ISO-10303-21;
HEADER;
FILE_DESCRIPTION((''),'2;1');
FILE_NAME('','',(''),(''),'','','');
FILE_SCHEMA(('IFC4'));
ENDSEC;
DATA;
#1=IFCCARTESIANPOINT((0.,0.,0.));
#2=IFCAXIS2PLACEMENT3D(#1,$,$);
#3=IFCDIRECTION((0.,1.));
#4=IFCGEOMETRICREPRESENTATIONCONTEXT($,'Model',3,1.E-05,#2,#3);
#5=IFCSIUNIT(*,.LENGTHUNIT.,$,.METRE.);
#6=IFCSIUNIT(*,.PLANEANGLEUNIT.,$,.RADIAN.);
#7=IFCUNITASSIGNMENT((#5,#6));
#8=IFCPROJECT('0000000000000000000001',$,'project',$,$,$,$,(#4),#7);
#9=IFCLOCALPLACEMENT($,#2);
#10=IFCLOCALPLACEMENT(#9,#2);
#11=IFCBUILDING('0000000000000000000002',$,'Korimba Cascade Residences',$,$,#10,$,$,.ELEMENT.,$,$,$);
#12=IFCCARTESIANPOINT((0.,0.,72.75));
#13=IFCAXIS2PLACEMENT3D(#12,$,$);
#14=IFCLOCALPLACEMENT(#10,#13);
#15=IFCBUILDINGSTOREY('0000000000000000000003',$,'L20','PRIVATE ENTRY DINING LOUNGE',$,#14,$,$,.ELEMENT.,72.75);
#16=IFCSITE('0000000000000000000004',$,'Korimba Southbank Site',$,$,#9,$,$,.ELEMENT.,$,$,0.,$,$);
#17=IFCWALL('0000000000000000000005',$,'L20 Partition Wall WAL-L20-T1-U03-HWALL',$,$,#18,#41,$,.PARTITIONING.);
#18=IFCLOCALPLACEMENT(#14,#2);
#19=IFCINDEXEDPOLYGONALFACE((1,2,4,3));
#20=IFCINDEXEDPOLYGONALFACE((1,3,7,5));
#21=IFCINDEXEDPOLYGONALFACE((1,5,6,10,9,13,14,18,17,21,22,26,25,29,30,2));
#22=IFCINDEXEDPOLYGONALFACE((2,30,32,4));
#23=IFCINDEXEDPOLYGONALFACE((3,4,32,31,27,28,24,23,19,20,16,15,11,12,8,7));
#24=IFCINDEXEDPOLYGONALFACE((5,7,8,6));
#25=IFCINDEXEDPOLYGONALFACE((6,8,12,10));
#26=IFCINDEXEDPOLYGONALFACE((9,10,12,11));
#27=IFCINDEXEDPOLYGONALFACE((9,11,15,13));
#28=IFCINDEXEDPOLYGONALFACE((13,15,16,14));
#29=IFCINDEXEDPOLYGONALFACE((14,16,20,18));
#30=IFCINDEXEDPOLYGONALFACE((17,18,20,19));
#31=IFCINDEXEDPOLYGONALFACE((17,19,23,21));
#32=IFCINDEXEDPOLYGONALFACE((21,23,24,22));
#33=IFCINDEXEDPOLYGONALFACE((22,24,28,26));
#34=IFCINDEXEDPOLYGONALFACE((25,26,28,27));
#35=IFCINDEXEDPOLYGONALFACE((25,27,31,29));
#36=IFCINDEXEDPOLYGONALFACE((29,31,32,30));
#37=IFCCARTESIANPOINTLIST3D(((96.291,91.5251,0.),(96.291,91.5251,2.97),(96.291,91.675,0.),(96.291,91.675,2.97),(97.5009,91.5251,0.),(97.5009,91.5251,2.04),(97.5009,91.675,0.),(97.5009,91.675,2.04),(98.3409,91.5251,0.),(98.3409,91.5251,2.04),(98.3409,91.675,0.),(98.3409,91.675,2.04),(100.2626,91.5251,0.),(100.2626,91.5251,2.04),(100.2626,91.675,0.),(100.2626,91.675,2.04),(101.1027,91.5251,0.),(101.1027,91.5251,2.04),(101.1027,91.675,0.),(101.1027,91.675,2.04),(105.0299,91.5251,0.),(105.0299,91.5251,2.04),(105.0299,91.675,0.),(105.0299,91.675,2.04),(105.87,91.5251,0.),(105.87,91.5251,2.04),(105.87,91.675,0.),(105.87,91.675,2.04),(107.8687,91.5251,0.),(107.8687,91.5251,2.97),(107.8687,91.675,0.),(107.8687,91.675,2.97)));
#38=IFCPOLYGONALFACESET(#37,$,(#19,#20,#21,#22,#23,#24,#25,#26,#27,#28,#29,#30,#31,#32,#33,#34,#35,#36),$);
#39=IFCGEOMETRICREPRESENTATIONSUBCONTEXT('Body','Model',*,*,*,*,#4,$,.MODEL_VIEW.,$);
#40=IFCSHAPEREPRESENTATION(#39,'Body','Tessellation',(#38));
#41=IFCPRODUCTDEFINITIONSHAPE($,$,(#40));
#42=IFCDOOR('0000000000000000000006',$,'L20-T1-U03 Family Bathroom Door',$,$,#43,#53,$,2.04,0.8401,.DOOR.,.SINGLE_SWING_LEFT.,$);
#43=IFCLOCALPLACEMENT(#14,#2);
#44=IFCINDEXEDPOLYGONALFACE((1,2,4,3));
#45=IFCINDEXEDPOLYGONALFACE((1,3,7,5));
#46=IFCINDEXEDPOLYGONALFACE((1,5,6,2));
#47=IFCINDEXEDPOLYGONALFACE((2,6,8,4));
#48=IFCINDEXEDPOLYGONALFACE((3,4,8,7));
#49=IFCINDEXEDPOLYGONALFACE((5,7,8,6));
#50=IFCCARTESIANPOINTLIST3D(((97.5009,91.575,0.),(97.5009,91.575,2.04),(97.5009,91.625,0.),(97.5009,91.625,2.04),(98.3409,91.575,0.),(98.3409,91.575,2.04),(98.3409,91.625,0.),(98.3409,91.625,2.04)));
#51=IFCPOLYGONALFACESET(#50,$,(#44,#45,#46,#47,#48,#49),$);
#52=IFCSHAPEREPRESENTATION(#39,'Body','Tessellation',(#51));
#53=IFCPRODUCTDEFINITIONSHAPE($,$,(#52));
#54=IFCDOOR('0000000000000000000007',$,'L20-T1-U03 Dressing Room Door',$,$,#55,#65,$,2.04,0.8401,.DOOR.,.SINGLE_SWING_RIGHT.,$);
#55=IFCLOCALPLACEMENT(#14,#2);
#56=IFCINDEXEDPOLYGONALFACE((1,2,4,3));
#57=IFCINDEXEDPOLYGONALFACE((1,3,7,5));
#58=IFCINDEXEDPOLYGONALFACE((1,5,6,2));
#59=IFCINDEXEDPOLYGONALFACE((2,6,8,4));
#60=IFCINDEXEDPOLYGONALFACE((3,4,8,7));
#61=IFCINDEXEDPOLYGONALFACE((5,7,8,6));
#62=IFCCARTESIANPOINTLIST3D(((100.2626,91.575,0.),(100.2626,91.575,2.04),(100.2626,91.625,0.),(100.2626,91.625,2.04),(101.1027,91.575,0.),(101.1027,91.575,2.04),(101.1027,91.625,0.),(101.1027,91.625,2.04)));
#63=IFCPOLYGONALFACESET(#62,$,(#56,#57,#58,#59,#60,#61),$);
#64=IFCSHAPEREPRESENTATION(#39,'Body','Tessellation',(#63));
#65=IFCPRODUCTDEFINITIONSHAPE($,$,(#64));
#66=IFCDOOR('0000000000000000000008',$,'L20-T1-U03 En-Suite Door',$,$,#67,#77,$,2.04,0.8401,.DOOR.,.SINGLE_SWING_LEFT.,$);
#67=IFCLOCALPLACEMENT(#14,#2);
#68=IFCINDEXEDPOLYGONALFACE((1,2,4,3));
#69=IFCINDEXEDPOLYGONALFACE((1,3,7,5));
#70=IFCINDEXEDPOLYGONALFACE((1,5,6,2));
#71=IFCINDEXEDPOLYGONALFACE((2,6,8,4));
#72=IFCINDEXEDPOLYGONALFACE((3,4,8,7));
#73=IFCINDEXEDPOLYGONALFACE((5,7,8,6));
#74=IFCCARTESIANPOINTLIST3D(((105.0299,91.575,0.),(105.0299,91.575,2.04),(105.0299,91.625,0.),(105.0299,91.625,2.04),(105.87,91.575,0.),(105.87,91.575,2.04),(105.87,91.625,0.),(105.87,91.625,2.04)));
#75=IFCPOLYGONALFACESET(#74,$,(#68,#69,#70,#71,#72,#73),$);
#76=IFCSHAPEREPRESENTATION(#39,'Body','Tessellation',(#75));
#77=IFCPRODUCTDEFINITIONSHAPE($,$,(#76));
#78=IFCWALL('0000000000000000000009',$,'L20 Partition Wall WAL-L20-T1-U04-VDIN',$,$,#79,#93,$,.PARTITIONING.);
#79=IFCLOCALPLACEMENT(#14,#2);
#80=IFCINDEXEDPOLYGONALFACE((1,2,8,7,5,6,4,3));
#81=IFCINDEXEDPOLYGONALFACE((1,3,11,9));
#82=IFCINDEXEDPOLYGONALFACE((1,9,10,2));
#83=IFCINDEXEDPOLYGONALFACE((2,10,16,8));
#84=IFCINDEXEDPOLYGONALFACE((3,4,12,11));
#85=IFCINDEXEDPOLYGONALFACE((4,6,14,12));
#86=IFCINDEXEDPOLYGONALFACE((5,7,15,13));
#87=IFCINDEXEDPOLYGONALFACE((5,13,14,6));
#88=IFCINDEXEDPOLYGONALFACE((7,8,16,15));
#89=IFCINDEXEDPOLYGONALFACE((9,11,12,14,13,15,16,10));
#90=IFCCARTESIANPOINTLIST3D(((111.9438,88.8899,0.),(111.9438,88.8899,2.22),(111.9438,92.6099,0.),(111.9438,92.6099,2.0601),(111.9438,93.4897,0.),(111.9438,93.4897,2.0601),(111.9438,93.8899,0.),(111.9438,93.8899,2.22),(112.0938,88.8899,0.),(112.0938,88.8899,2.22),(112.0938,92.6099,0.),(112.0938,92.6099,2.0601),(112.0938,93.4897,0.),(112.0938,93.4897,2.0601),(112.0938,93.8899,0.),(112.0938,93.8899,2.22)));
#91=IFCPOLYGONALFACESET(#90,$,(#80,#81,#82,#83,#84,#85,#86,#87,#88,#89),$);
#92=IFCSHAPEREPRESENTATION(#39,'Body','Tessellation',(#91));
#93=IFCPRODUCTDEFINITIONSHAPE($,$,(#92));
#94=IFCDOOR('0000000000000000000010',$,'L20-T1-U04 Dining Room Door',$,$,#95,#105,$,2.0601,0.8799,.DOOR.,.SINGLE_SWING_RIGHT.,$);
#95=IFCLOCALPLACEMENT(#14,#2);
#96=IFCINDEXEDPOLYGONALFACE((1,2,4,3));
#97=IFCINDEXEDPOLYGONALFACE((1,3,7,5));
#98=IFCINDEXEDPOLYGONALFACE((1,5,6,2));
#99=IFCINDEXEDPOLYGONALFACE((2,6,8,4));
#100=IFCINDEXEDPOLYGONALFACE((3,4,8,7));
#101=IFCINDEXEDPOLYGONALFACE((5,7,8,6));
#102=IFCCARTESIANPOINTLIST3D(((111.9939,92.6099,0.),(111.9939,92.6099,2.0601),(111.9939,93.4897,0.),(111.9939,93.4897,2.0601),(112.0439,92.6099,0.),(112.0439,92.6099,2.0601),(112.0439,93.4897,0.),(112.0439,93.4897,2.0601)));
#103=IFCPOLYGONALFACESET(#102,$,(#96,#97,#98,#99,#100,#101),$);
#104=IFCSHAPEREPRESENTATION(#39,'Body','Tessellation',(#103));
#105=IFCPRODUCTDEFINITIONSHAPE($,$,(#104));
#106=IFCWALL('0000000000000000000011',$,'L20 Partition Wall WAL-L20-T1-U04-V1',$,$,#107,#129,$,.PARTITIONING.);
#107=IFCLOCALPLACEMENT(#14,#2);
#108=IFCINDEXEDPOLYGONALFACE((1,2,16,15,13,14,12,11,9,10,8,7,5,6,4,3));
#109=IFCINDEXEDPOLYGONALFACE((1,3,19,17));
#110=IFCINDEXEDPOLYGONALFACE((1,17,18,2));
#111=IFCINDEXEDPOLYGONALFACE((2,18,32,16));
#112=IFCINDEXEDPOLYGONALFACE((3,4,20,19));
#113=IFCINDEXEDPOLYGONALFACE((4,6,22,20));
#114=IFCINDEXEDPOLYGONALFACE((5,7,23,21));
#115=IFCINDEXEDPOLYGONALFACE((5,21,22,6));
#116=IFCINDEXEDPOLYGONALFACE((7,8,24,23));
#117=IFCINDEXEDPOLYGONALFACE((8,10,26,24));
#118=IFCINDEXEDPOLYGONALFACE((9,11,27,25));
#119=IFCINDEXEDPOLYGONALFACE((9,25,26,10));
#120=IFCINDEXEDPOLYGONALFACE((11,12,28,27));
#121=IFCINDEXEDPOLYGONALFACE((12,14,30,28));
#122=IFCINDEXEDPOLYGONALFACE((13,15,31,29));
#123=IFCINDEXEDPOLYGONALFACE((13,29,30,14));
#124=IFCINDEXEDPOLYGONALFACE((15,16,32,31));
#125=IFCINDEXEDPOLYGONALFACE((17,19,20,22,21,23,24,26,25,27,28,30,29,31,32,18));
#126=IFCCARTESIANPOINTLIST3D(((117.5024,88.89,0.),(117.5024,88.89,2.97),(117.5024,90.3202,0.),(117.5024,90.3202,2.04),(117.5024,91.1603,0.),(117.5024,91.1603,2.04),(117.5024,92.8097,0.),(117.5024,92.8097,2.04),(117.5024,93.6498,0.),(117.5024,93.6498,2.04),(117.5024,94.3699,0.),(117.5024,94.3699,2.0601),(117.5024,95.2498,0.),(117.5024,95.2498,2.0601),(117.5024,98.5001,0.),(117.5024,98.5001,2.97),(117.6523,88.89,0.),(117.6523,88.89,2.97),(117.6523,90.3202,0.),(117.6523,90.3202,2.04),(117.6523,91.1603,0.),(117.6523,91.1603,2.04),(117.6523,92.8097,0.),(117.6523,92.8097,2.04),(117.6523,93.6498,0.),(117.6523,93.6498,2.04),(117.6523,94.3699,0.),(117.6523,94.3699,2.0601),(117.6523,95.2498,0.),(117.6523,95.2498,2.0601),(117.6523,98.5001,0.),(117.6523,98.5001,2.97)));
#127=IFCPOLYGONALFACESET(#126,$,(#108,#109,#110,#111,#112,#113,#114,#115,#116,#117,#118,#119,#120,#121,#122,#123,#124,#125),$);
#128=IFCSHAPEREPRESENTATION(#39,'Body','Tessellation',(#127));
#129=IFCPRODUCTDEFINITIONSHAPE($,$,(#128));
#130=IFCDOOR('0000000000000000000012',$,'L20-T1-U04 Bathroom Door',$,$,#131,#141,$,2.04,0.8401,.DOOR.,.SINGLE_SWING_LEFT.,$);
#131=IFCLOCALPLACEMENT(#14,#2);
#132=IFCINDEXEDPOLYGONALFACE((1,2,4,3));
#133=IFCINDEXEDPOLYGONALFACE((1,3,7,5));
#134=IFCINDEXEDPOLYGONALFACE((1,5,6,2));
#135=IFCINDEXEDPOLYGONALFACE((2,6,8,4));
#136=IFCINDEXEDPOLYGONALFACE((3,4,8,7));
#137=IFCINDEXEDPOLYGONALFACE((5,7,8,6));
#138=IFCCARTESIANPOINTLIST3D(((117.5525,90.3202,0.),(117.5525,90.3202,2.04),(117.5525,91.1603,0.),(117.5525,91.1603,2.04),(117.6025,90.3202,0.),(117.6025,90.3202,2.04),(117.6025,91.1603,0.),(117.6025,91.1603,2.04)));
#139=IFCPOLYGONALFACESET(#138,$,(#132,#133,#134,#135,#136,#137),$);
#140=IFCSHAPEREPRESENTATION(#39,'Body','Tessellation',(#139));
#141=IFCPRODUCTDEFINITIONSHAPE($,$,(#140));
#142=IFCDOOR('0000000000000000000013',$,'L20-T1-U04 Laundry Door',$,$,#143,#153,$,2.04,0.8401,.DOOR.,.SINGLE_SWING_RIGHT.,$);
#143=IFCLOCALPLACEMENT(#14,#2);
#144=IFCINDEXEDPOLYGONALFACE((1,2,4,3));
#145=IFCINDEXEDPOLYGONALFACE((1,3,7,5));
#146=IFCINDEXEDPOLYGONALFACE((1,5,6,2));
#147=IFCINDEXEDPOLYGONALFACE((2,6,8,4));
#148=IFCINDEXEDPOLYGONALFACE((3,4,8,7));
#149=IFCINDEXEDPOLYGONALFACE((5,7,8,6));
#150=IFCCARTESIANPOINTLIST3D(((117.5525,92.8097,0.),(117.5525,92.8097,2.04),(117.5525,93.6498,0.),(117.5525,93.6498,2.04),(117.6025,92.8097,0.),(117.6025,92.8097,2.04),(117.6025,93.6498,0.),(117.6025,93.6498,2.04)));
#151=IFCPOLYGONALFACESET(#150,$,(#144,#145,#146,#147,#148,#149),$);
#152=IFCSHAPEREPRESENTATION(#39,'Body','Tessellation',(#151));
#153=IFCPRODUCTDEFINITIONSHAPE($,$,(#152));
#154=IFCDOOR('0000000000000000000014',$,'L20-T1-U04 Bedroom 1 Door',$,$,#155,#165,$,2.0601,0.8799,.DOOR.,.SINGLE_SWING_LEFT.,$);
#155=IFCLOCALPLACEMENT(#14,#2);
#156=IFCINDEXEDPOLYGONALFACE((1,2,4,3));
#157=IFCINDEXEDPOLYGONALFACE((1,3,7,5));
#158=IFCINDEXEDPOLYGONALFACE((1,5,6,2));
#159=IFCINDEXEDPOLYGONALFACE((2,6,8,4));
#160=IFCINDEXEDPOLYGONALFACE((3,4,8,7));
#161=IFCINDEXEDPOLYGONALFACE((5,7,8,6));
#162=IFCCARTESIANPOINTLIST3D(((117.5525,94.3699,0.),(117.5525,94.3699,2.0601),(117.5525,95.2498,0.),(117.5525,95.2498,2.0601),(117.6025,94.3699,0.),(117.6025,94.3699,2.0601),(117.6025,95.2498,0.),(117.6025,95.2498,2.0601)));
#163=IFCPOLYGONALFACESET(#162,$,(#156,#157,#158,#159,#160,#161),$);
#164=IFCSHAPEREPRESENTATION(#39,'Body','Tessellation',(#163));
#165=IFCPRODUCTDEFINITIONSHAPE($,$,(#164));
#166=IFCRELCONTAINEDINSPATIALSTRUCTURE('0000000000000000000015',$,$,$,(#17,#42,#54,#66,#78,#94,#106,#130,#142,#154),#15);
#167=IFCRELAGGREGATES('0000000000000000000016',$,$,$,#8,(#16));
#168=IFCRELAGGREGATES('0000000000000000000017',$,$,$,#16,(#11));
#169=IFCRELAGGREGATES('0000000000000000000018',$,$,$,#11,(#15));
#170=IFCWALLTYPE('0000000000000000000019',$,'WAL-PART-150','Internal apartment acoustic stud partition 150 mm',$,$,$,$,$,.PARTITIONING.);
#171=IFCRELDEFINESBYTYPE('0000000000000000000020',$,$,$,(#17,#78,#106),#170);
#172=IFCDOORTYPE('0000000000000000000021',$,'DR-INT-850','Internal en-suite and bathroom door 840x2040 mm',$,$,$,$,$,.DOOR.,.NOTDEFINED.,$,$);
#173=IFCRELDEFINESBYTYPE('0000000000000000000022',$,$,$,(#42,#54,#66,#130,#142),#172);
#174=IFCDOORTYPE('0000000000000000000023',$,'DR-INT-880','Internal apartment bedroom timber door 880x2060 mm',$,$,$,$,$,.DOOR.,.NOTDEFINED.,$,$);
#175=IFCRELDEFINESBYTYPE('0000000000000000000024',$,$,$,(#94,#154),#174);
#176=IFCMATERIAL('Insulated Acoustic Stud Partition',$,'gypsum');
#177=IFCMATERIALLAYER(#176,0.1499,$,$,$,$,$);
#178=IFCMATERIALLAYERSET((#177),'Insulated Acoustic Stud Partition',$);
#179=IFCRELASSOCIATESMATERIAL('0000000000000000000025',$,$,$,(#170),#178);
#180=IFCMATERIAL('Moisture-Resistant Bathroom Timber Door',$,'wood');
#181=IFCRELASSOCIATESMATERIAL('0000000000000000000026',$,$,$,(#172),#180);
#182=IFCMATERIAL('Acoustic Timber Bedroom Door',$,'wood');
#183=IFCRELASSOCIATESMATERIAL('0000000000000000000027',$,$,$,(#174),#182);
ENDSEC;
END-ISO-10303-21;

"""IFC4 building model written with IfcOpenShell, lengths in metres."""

from ifc_helpers import new_model, si_unit, direction, frame, frame_2d, origin, place, context, subcontext, project, spatial, rectangle, extrude, material, layer, layer_set, type_object, element, fill, save


model = new_model("IFC4")

# Units and contexts
model_context = context("Model", 3, precision=1e-05, world=origin(), true_north=direction((0.0, 1.0)))
body_context = subcontext(model_context, "Body", "Model", "MODEL_VIEW")
ifc_project = project(units=[si_unit("LENGTHUNIT", "METRE"), si_unit("PLANEANGLEUNIT", "RADIAN")], contexts=[model_context])

# Site, building, storey
site_placement = place(None, origin())
site = spatial("IfcSite", under=ifc_project, at=site_placement, Name="Korimba Southbank Site", CompositionType="ELEMENT", RefElevation=0.0)
building_placement = place(site_placement, origin())
building = spatial("IfcBuilding", under=site, at=building_placement, Name="Korimba Cascade Residences", CompositionType="ELEMENT")
storey_placement = place(building_placement, frame((0.0, 0.0, 72.75)))
storey = spatial("IfcBuildingStorey", under=building, at=storey_placement, Name="L20", Description="PRIVATE ENTRY DINING LOUNGE", CompositionType="ELEMENT", Elevation=72.75)

# Shared definitions
ifc_material_1 = material(Name="Insulated Acoustic Stud Partition", Category="gypsum")
ifc_layer = layer(ifc_material_1, 0.1499)
ifc_layer_set = layer_set([ifc_layer], Name="Insulated Acoustic Stud Partition")
wall_type = type_object("IfcWallType", Name="WAL-PART-150", Description="Internal apartment acoustic stud partition 150 mm", PredefinedType="PARTITIONING", material=ifc_layer_set)

# Wall, openings, doors
wall_1_placement = place(storey_placement, frame((96.291, 91.6001, 0.0), z_axis=(0.0, 0.0, 1.0), x_axis=(1.0, 0.0, 0.0)))
wall_1 = element("IfcWall", 1, at=wall_1_placement, inside=storey, type_object=wall_type, Name="L20 Partition Wall WAL-L20-T1-U03-HWALL", PredefinedType="PARTITIONING", context=body_context, shape_type="SweptSolid", body=[
    extrude(rectangle(XDim=11.5776, YDim=0.1499, at=frame_2d((5.7888, 0.0))), origin(), (0.0, 0.0, 1.0), 2.97),
])
opening_1_placement = place(wall_1_placement, frame((1.21, 0.0, 0.0)))
opening_1 = element("IfcOpeningElement", 2, at=opening_1_placement, cuts=wall_1, PredefinedType="OPENING", context=body_context, shape_type="SweptSolid", body=[
    extrude(rectangle(XDim=0.8401, YDim=2.04, at=frame_2d((0.4199, 1.02))), frame((0.0, 0.085, 0.0), z_axis=(0.0, -1.0, 0.0), x_axis=(1.0, 0.0, 0.0)), (0.0, 0.0, 1.0), 0.1699),
])
opening_2_placement = place(wall_1_placement, frame((3.9717, 0.0, 0.0)))
opening_2 = element("IfcOpeningElement", 3, at=opening_2_placement, cuts=wall_1, PredefinedType="OPENING", context=body_context, shape_type="SweptSolid", body=[
    extrude(rectangle(XDim=0.8401, YDim=2.04, at=frame_2d((0.4199, 1.02))), frame((0.0, 0.085, 0.0), z_axis=(0.0, -1.0, 0.0), x_axis=(1.0, 0.0, 0.0)), (0.0, 0.0, 1.0), 0.1699),
])
opening_3_placement = place(wall_1_placement, frame((8.739, 0.0, 0.0)))
opening_3 = element("IfcOpeningElement", 4, at=opening_3_placement, cuts=wall_1, PredefinedType="OPENING", context=body_context, shape_type="SweptSolid", body=[
    extrude(rectangle(XDim=0.8401, YDim=2.04, at=frame_2d((0.4199, 1.02))), frame((0.0, 0.085, 0.0), z_axis=(0.0, -1.0, 0.0), x_axis=(1.0, 0.0, 0.0)), (0.0, 0.0, 1.0), 0.1699),
])
ifc_material_2 = material(Name="Moisture-Resistant Bathroom Timber Door", Category="wood")
door_type_1 = type_object("IfcDoorType", Name="DR-INT-850", Description="Internal en-suite and bathroom door 840x2040 mm", OperationType="NOTDEFINED", PredefinedType="DOOR", material=ifc_material_2)
door_1_placement = place(opening_1_placement, origin())
door_1 = element("IfcDoor", 5, at=door_1_placement, inside=storey, type_object=door_type_1, Name="L20-T1-U03 Family Bathroom Door", OperationType="SINGLE_SWING_LEFT", OverallHeight=2.04, OverallWidth=0.8401, PredefinedType="DOOR", context=body_context, shape_type="SweptSolid", body=[
    extrude(rectangle(XDim=0.8401, YDim=2.04, at=frame_2d((0.4199, 1.02))), frame((0.0, 0.0249, 0.0), z_axis=(0.0, -1.0, 0.0), x_axis=(1.0, 0.0, 0.0)), (0.0, 0.0, 1.0), 0.05),
])
fill(opening_1, door_1)
door_2_placement = place(opening_2_placement, origin())
door_2 = element("IfcDoor", 6, at=door_2_placement, inside=storey, type_object=door_type_1, Name="L20-T1-U03 Dressing Room Door", OperationType="SINGLE_SWING_RIGHT", OverallHeight=2.04, OverallWidth=0.8401, PredefinedType="DOOR", context=body_context, shape_type="SweptSolid", body=[
    extrude(rectangle(XDim=0.8401, YDim=2.04, at=frame_2d((0.4199, 1.02))), frame((0.0, 0.0249, 0.0), z_axis=(0.0, -1.0, 0.0), x_axis=(1.0, 0.0, 0.0)), (0.0, 0.0, 1.0), 0.05),
])
fill(opening_2, door_2)
door_3_placement = place(opening_3_placement, origin())
door_3 = element("IfcDoor", 7, at=door_3_placement, inside=storey, type_object=door_type_1, Name="L20-T1-U03 En-Suite Door", OperationType="SINGLE_SWING_LEFT", OverallHeight=2.04, OverallWidth=0.8401, PredefinedType="DOOR", context=body_context, shape_type="SweptSolid", body=[
    extrude(rectangle(XDim=0.8401, YDim=2.04, at=frame_2d((0.4199, 1.02))), frame((0.0, 0.0249, 0.0), z_axis=(0.0, -1.0, 0.0), x_axis=(1.0, 0.0, 0.0)), (0.0, 0.0, 1.0), 0.05),
])
fill(opening_3, door_3)

# Wall, opening, door
wall_2_placement = place(storey_placement, frame((112.0188, 88.8899, 0.0), z_axis=(0.0, 0.0, 1.0), x_axis=(0.0, 1.0, 0.0)))
wall_2 = element("IfcWall", 8, at=wall_2_placement, inside=storey, type_object=wall_type, Name="L20 Partition Wall WAL-L20-T1-U04-VDIN", PredefinedType="PARTITIONING", context=body_context, shape_type="SweptSolid", body=[
    extrude(rectangle(XDim=5.0, YDim=0.1499, at=frame_2d((2.5, 0.0))), origin(), (0.0, 0.0, 1.0), 2.22),
])
opening_4_placement = place(wall_2_placement, frame((3.72, 0.0, 0.0)))
opening_4 = element("IfcOpeningElement", 9, at=opening_4_placement, cuts=wall_2, PredefinedType="OPENING", context=body_context, shape_type="SweptSolid", body=[
    extrude(rectangle(XDim=0.8799, YDim=2.0601, at=frame_2d((0.4399, 1.03))), frame((0.0, 0.085, 0.0), z_axis=(0.0, -1.0, 0.0), x_axis=(1.0, 0.0, 0.0)), (0.0, 0.0, 1.0), 0.1699),
])
ifc_material_3 = material(Name="Acoustic Timber Bedroom Door", Category="wood")
door_type_2 = type_object("IfcDoorType", Name="DR-INT-880", Description="Internal apartment bedroom timber door 880x2060 mm", OperationType="NOTDEFINED", PredefinedType="DOOR", material=ifc_material_3)
door_4_placement = place(opening_4_placement, origin())
door_4 = element("IfcDoor", 10, at=door_4_placement, inside=storey, type_object=door_type_2, Name="L20-T1-U04 Dining Room Door", OperationType="SINGLE_SWING_RIGHT", OverallHeight=2.0601, OverallWidth=0.8799, PredefinedType="DOOR", context=body_context, shape_type="SweptSolid", body=[
    extrude(rectangle(XDim=0.8799, YDim=2.0601, at=frame_2d((0.4399, 1.03))), frame((0.0, 0.0249, 0.0), z_axis=(0.0, -1.0, 0.0), x_axis=(1.0, 0.0, 0.0)), (0.0, 0.0, 1.0), 0.05),
])
fill(opening_4, door_4)

# Wall, openings, doors
wall_3_placement = place(storey_placement, frame((117.5774, 88.8899, 0.0), z_axis=(0.0, 0.0, 1.0), x_axis=(0.0, 1.0, 0.0)))
wall_3 = element("IfcWall", 11, at=wall_3_placement, inside=storey, type_object=wall_type, Name="L20 Partition Wall WAL-L20-T1-U04-V1", PredefinedType="PARTITIONING", context=body_context, shape_type="SweptSolid", body=[
    extrude(rectangle(XDim=9.6101, YDim=0.1499, at=frame_2d((4.8052, 0.0))), origin(), (0.0, 0.0, 1.0), 2.97),
])
opening_5_placement = place(wall_3_placement, frame((1.4304, 0.0, 0.0)))
opening_5 = element("IfcOpeningElement", 12, at=opening_5_placement, cuts=wall_3, PredefinedType="OPENING", context=body_context, shape_type="SweptSolid", body=[
    extrude(rectangle(XDim=0.8401, YDim=2.04, at=frame_2d((0.4199, 1.02))), frame((0.0, 0.085, 0.0), z_axis=(0.0, -1.0, 0.0), x_axis=(1.0, 0.0, 0.0)), (0.0, 0.0, 1.0), 0.1699),
])
opening_6_placement = place(wall_3_placement, frame((3.9199, 0.0, 0.0)))
opening_6 = element("IfcOpeningElement", 13, at=opening_6_placement, cuts=wall_3, PredefinedType="OPENING", context=body_context, shape_type="SweptSolid", body=[
    extrude(rectangle(XDim=0.8401, YDim=2.04, at=frame_2d((0.4199, 1.02))), frame((0.0, 0.085, 0.0), z_axis=(0.0, -1.0, 0.0), x_axis=(1.0, 0.0, 0.0)), (0.0, 0.0, 1.0), 0.1699),
])
opening_7_placement = place(wall_3_placement, frame((5.48, 0.0, 0.0)))
opening_7 = element("IfcOpeningElement", 14, at=opening_7_placement, cuts=wall_3, PredefinedType="OPENING", context=body_context, shape_type="SweptSolid", body=[
    extrude(rectangle(XDim=0.8799, YDim=2.0601, at=frame_2d((0.4399, 1.03))), frame((0.0, 0.085, 0.0), z_axis=(0.0, -1.0, 0.0), x_axis=(1.0, 0.0, 0.0)), (0.0, 0.0, 1.0), 0.1699),
])
door_5_placement = place(opening_5_placement, origin())
door_5 = element("IfcDoor", 15, at=door_5_placement, inside=storey, type_object=door_type_1, Name="L20-T1-U04 Bathroom Door", OperationType="SINGLE_SWING_LEFT", OverallHeight=2.04, OverallWidth=0.8401, PredefinedType="DOOR", context=body_context, shape_type="SweptSolid", body=[
    extrude(rectangle(XDim=0.8401, YDim=2.04, at=frame_2d((0.4199, 1.02))), frame((0.0, 0.0249, 0.0), z_axis=(0.0, -1.0, 0.0), x_axis=(1.0, 0.0, 0.0)), (0.0, 0.0, 1.0), 0.05),
])
fill(opening_5, door_5)
door_6_placement = place(opening_6_placement, origin())
door_6 = element("IfcDoor", 16, at=door_6_placement, inside=storey, type_object=door_type_1, Name="L20-T1-U04 Laundry Door", OperationType="SINGLE_SWING_RIGHT", OverallHeight=2.04, OverallWidth=0.8401, PredefinedType="DOOR", context=body_context, shape_type="SweptSolid", body=[
    extrude(rectangle(XDim=0.8401, YDim=2.04, at=frame_2d((0.4199, 1.02))), frame((0.0, 0.0249, 0.0), z_axis=(0.0, -1.0, 0.0), x_axis=(1.0, 0.0, 0.0)), (0.0, 0.0, 1.0), 0.05),
])
fill(opening_6, door_6)
door_7_placement = place(opening_7_placement, origin())
door_7 = element("IfcDoor", 17, at=door_7_placement, inside=storey, type_object=door_type_2, Name="L20-T1-U04 Bedroom 1 Door", OperationType="SINGLE_SWING_LEFT", OverallHeight=2.0601, OverallWidth=0.8799, PredefinedType="DOOR", context=body_context, shape_type="SweptSolid", body=[
    extrude(rectangle(XDim=0.8799, YDim=2.0601, at=frame_2d((0.4399, 1.03))), frame((0.0, 0.0249, 0.0), z_axis=(0.0, -1.0, 0.0), x_axis=(1.0, 0.0, 0.0)), (0.0, 0.0, 1.0), 0.05),
])
fill(opening_7, door_7)

save(model, "model.ifc")
